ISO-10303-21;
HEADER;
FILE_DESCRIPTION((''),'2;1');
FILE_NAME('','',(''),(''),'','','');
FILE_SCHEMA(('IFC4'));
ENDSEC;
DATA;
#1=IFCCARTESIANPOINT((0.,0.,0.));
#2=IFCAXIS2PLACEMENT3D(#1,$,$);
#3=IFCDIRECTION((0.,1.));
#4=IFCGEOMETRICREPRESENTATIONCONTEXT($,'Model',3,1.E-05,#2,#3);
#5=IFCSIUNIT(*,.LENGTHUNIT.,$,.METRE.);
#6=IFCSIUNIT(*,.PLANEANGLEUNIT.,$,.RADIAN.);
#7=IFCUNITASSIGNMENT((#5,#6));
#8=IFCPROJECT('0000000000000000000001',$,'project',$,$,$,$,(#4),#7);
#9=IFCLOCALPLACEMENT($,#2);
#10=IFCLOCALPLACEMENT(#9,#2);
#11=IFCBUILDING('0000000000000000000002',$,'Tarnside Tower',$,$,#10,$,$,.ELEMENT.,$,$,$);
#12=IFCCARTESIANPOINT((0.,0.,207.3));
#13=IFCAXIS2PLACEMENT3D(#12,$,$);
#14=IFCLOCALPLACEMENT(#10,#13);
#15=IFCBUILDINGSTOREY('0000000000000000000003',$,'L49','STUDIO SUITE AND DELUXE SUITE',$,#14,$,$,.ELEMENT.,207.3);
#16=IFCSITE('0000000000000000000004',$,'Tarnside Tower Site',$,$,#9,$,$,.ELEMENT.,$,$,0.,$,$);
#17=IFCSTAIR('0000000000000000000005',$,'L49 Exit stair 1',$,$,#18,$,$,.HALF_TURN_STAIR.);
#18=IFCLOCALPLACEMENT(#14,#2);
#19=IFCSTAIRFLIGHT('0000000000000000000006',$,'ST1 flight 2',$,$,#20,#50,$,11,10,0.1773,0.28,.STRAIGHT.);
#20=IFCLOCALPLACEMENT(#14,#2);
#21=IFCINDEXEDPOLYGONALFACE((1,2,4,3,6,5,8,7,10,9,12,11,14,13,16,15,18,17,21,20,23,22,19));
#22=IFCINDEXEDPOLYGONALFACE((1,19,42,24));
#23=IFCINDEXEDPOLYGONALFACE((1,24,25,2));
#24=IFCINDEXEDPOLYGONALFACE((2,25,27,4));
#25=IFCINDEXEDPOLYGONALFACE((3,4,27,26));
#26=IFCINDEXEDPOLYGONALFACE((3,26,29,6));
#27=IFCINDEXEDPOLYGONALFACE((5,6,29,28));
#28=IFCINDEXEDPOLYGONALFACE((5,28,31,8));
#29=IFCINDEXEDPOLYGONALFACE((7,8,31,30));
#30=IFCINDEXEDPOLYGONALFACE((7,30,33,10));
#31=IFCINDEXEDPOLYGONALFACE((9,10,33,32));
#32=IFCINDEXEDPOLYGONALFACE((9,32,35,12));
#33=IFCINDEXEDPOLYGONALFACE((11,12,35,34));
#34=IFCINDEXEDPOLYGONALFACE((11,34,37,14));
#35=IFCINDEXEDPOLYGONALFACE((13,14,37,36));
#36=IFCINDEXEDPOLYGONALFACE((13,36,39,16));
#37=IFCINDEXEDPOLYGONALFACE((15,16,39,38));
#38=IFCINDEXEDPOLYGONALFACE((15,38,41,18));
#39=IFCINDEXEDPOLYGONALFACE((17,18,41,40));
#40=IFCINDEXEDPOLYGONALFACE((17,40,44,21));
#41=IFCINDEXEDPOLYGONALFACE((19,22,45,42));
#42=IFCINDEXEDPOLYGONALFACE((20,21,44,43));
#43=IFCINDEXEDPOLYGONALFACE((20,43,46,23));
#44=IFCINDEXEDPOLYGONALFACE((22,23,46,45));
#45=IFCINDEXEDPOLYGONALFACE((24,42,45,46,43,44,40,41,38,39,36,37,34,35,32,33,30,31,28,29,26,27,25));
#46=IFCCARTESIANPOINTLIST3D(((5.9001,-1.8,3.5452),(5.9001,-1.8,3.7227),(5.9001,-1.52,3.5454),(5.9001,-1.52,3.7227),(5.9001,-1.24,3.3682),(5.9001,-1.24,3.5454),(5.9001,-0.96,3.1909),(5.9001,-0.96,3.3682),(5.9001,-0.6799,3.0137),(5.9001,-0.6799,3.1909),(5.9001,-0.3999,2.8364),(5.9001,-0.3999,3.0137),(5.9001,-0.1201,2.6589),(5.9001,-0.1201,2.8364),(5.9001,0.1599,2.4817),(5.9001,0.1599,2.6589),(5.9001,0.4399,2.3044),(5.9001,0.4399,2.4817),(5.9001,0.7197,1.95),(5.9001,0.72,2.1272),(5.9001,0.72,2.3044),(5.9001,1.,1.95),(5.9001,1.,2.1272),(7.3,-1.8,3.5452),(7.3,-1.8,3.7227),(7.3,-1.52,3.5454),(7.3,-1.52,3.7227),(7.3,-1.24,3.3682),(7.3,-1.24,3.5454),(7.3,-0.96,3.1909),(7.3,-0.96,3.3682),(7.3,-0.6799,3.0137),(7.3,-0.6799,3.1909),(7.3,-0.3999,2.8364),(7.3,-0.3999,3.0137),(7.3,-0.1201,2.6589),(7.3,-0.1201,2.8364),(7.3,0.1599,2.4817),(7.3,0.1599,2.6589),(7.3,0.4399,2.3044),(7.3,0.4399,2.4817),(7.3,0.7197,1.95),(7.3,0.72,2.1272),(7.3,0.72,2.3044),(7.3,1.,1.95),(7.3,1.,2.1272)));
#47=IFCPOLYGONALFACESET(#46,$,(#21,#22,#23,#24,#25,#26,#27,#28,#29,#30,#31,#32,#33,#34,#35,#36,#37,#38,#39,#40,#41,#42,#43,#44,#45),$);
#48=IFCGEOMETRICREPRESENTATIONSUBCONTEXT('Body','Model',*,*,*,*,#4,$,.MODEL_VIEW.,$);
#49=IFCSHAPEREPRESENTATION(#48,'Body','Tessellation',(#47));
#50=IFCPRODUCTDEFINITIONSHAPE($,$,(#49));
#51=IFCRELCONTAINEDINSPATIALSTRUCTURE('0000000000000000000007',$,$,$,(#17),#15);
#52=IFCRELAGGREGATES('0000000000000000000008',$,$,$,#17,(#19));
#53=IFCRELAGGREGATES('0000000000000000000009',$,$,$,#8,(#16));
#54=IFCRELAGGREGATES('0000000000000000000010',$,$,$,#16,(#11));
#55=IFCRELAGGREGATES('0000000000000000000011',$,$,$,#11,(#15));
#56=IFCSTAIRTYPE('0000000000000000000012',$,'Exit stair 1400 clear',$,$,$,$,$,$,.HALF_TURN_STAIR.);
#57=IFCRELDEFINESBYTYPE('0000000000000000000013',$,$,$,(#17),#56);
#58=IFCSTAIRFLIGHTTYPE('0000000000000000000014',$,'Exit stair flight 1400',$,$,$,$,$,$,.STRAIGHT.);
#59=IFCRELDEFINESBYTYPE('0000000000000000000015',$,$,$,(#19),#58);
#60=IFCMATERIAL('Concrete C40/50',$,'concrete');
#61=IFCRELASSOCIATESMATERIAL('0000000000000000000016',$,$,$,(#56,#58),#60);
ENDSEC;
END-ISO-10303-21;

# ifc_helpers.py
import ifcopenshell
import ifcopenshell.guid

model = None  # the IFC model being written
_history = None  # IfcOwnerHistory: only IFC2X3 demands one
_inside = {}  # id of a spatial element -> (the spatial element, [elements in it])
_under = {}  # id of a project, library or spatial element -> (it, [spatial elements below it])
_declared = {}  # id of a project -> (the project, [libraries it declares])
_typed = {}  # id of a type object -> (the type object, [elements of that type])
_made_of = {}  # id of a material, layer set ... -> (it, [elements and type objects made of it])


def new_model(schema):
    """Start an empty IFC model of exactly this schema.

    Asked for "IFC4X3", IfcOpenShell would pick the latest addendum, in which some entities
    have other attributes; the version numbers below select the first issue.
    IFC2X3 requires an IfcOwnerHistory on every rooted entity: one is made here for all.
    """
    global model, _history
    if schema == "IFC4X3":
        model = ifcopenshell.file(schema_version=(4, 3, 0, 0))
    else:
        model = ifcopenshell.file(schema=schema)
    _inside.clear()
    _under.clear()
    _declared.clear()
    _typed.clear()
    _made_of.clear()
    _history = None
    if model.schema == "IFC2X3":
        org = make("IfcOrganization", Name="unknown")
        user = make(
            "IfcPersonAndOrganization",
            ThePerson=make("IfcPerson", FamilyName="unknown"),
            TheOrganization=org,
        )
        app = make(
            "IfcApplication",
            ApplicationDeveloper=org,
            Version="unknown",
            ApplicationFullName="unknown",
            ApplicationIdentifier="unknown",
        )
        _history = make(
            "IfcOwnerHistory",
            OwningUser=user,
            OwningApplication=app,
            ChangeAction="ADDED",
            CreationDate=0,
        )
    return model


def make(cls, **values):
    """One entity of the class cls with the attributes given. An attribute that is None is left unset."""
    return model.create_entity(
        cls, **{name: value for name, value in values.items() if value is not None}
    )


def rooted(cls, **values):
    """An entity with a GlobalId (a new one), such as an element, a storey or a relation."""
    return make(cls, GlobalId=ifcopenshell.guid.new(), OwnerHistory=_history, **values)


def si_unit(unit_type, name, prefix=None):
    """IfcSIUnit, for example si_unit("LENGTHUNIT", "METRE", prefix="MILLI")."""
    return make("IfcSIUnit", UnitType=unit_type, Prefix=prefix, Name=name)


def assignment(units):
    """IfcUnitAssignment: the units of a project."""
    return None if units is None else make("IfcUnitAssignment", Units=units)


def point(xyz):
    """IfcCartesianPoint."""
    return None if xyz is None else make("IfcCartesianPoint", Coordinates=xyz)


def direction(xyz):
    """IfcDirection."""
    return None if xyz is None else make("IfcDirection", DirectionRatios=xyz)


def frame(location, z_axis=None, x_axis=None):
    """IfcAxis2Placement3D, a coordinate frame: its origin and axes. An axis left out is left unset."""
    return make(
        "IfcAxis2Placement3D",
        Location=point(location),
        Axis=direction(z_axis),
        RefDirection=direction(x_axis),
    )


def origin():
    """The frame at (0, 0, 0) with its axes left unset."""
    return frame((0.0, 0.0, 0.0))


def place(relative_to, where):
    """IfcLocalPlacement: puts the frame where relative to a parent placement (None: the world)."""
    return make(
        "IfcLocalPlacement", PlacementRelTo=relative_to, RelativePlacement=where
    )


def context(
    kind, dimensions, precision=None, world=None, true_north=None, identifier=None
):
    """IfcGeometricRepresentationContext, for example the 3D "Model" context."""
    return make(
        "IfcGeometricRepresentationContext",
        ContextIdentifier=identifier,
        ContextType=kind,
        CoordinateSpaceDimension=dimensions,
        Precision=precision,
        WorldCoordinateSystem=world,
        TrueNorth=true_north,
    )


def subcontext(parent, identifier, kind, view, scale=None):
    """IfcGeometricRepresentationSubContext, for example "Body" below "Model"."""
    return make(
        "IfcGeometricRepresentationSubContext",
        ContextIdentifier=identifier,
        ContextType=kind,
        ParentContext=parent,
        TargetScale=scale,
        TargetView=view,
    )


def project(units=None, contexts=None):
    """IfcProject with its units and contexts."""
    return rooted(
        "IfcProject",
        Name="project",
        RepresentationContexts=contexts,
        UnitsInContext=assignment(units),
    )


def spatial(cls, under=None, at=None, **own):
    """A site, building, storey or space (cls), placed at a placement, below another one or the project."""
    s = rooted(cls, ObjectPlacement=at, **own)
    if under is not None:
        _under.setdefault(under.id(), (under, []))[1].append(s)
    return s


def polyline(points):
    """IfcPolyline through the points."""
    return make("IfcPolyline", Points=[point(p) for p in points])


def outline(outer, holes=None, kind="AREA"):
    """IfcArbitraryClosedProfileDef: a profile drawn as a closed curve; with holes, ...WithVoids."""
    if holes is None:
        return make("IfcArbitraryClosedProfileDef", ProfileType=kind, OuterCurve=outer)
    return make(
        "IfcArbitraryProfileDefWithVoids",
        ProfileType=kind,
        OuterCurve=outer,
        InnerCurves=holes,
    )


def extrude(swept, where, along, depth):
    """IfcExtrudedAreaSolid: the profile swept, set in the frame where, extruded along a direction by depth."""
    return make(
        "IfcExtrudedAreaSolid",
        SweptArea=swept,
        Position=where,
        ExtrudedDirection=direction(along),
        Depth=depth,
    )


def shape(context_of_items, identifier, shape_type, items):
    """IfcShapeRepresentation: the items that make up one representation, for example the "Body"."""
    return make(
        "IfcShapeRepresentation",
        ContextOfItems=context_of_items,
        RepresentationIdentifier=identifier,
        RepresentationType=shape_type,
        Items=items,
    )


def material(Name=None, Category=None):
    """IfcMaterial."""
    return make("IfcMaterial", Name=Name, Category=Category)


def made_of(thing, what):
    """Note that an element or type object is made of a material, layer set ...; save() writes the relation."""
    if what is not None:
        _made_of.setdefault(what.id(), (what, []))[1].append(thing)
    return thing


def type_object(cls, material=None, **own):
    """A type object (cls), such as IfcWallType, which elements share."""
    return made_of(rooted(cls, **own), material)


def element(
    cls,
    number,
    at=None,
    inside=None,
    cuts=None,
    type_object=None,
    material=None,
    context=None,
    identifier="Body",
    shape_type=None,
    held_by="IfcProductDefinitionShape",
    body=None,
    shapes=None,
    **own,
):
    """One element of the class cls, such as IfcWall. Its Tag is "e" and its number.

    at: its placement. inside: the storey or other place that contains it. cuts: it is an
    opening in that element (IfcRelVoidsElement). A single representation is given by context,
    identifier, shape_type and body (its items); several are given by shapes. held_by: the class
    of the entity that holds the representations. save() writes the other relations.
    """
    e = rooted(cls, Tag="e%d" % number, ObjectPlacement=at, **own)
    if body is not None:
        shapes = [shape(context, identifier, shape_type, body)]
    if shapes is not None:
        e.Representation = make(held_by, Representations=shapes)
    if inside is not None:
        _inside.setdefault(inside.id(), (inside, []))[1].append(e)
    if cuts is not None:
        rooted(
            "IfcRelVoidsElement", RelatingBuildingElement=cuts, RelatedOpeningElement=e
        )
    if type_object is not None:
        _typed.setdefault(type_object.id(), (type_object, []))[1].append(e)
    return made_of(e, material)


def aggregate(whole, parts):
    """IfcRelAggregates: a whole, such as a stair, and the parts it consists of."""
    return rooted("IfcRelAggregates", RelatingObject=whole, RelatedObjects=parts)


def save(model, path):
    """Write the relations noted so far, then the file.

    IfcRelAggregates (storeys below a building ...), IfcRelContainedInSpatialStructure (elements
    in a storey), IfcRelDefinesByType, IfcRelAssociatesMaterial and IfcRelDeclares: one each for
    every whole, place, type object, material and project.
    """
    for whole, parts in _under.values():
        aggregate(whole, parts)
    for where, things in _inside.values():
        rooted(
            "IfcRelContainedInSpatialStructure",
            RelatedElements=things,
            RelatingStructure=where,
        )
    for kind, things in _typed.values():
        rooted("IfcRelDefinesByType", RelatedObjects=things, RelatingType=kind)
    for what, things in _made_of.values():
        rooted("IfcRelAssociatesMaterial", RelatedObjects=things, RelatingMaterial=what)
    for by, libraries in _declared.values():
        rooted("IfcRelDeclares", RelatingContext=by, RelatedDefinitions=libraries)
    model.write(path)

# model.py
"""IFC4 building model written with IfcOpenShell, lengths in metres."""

from ifc_helpers import new_model, si_unit, direction, frame, origin, place, context, subcontext, project, spatial, polyline, outline, extrude, material, type_object, element, aggregate, save


model = new_model("IFC4")

# Units and contexts
model_context = context("Model", 3, precision=1e-05, world=origin(), true_north=direction((0.0, 1.0)))
body_context = subcontext(model_context, "Body", "Model", "MODEL_VIEW")
ifc_project = project(units=[si_unit("LENGTHUNIT", "METRE"), si_unit("PLANEANGLEUNIT", "RADIAN")], contexts=[model_context])

# Site, building, storey
site_placement = place(None, origin())
site = spatial("IfcSite", under=ifc_project, at=site_placement, Name="Tarnside Tower Site", CompositionType="ELEMENT", RefElevation=0.0)
building_placement = place(site_placement, origin())
building = spatial("IfcBuilding", under=site, at=building_placement, Name="Tarnside Tower", CompositionType="ELEMENT")
storey_placement = place(building_placement, frame((0.0, 0.0, 207.3)))
storey = spatial("IfcBuildingStorey", under=building, at=storey_placement, Name="L49", Description="STUDIO SUITE AND DELUXE SUITE", CompositionType="ELEMENT", Elevation=207.3)

# Shared definitions
ifc_material_1 = material(Name="Concrete C40/50", Category="concrete")

# Stair, stair flight
stair_type = type_object("IfcStairType", Name="Exit stair 1400 clear", PredefinedType="HALF_TURN_STAIR", material=ifc_material_1)
stair_placement = place(storey_placement, origin())
stair = element("IfcStair", 1, at=stair_placement, inside=storey, type_object=stair_type, Name="L49 Exit stair 1", PredefinedType="HALF_TURN_STAIR")
stair_flight_type = type_object("IfcStairFlightType", Name="Exit stair flight 1400", PredefinedType="STRAIGHT", material=ifc_material_1)
stair_flight_placement = place(storey_placement, frame((6.6001, 1.0, 1.95), z_axis=(0.0, 0.0, 1.0), x_axis=(0.0, -1.0, 0.0)))
stair_flight = element("IfcStairFlight", 2, at=stair_flight_placement, type_object=stair_flight_type, Name="ST1 flight 2", NumberOfRisers=11, NumberOfTreads=10, PredefinedType="STRAIGHT", RiserHeight=0.1773, TreadLength=0.28, context=body_context, shape_type="SweptSolid", body=[
    extrude(outline(polyline([(0.0, 0.0), (0.0, 0.1772), (0.28, 0.1772), (0.28, 0.3545), (0.5601, 0.3545), (0.5601, 0.5317), (0.8401, 0.5317), (0.8401, 0.709), (1.1201, 0.709), (1.1201, 0.8865), (1.3999, 0.8865), (1.3999, 1.0637), (1.6799, 1.0637), (1.6799, 1.241), (1.96, 1.241), (1.96, 1.4182), (2.24, 1.4182), (2.24, 1.5955), (2.52, 1.5955), (2.52, 1.7727), (2.8, 1.7727), (2.8, 1.95), (2.8, 1.5952), (0.2803, 0.0), (0.0, 0.0)])), frame((0.0, 0.7, 0.0), z_axis=(0.0, -1.0, 0.0), x_axis=(1.0, 0.0, 0.0)), (0.0, 0.0, 1.0), 1.3999),
])
aggregate(stair, [stair_flight])

save(model, "model.ifc")
